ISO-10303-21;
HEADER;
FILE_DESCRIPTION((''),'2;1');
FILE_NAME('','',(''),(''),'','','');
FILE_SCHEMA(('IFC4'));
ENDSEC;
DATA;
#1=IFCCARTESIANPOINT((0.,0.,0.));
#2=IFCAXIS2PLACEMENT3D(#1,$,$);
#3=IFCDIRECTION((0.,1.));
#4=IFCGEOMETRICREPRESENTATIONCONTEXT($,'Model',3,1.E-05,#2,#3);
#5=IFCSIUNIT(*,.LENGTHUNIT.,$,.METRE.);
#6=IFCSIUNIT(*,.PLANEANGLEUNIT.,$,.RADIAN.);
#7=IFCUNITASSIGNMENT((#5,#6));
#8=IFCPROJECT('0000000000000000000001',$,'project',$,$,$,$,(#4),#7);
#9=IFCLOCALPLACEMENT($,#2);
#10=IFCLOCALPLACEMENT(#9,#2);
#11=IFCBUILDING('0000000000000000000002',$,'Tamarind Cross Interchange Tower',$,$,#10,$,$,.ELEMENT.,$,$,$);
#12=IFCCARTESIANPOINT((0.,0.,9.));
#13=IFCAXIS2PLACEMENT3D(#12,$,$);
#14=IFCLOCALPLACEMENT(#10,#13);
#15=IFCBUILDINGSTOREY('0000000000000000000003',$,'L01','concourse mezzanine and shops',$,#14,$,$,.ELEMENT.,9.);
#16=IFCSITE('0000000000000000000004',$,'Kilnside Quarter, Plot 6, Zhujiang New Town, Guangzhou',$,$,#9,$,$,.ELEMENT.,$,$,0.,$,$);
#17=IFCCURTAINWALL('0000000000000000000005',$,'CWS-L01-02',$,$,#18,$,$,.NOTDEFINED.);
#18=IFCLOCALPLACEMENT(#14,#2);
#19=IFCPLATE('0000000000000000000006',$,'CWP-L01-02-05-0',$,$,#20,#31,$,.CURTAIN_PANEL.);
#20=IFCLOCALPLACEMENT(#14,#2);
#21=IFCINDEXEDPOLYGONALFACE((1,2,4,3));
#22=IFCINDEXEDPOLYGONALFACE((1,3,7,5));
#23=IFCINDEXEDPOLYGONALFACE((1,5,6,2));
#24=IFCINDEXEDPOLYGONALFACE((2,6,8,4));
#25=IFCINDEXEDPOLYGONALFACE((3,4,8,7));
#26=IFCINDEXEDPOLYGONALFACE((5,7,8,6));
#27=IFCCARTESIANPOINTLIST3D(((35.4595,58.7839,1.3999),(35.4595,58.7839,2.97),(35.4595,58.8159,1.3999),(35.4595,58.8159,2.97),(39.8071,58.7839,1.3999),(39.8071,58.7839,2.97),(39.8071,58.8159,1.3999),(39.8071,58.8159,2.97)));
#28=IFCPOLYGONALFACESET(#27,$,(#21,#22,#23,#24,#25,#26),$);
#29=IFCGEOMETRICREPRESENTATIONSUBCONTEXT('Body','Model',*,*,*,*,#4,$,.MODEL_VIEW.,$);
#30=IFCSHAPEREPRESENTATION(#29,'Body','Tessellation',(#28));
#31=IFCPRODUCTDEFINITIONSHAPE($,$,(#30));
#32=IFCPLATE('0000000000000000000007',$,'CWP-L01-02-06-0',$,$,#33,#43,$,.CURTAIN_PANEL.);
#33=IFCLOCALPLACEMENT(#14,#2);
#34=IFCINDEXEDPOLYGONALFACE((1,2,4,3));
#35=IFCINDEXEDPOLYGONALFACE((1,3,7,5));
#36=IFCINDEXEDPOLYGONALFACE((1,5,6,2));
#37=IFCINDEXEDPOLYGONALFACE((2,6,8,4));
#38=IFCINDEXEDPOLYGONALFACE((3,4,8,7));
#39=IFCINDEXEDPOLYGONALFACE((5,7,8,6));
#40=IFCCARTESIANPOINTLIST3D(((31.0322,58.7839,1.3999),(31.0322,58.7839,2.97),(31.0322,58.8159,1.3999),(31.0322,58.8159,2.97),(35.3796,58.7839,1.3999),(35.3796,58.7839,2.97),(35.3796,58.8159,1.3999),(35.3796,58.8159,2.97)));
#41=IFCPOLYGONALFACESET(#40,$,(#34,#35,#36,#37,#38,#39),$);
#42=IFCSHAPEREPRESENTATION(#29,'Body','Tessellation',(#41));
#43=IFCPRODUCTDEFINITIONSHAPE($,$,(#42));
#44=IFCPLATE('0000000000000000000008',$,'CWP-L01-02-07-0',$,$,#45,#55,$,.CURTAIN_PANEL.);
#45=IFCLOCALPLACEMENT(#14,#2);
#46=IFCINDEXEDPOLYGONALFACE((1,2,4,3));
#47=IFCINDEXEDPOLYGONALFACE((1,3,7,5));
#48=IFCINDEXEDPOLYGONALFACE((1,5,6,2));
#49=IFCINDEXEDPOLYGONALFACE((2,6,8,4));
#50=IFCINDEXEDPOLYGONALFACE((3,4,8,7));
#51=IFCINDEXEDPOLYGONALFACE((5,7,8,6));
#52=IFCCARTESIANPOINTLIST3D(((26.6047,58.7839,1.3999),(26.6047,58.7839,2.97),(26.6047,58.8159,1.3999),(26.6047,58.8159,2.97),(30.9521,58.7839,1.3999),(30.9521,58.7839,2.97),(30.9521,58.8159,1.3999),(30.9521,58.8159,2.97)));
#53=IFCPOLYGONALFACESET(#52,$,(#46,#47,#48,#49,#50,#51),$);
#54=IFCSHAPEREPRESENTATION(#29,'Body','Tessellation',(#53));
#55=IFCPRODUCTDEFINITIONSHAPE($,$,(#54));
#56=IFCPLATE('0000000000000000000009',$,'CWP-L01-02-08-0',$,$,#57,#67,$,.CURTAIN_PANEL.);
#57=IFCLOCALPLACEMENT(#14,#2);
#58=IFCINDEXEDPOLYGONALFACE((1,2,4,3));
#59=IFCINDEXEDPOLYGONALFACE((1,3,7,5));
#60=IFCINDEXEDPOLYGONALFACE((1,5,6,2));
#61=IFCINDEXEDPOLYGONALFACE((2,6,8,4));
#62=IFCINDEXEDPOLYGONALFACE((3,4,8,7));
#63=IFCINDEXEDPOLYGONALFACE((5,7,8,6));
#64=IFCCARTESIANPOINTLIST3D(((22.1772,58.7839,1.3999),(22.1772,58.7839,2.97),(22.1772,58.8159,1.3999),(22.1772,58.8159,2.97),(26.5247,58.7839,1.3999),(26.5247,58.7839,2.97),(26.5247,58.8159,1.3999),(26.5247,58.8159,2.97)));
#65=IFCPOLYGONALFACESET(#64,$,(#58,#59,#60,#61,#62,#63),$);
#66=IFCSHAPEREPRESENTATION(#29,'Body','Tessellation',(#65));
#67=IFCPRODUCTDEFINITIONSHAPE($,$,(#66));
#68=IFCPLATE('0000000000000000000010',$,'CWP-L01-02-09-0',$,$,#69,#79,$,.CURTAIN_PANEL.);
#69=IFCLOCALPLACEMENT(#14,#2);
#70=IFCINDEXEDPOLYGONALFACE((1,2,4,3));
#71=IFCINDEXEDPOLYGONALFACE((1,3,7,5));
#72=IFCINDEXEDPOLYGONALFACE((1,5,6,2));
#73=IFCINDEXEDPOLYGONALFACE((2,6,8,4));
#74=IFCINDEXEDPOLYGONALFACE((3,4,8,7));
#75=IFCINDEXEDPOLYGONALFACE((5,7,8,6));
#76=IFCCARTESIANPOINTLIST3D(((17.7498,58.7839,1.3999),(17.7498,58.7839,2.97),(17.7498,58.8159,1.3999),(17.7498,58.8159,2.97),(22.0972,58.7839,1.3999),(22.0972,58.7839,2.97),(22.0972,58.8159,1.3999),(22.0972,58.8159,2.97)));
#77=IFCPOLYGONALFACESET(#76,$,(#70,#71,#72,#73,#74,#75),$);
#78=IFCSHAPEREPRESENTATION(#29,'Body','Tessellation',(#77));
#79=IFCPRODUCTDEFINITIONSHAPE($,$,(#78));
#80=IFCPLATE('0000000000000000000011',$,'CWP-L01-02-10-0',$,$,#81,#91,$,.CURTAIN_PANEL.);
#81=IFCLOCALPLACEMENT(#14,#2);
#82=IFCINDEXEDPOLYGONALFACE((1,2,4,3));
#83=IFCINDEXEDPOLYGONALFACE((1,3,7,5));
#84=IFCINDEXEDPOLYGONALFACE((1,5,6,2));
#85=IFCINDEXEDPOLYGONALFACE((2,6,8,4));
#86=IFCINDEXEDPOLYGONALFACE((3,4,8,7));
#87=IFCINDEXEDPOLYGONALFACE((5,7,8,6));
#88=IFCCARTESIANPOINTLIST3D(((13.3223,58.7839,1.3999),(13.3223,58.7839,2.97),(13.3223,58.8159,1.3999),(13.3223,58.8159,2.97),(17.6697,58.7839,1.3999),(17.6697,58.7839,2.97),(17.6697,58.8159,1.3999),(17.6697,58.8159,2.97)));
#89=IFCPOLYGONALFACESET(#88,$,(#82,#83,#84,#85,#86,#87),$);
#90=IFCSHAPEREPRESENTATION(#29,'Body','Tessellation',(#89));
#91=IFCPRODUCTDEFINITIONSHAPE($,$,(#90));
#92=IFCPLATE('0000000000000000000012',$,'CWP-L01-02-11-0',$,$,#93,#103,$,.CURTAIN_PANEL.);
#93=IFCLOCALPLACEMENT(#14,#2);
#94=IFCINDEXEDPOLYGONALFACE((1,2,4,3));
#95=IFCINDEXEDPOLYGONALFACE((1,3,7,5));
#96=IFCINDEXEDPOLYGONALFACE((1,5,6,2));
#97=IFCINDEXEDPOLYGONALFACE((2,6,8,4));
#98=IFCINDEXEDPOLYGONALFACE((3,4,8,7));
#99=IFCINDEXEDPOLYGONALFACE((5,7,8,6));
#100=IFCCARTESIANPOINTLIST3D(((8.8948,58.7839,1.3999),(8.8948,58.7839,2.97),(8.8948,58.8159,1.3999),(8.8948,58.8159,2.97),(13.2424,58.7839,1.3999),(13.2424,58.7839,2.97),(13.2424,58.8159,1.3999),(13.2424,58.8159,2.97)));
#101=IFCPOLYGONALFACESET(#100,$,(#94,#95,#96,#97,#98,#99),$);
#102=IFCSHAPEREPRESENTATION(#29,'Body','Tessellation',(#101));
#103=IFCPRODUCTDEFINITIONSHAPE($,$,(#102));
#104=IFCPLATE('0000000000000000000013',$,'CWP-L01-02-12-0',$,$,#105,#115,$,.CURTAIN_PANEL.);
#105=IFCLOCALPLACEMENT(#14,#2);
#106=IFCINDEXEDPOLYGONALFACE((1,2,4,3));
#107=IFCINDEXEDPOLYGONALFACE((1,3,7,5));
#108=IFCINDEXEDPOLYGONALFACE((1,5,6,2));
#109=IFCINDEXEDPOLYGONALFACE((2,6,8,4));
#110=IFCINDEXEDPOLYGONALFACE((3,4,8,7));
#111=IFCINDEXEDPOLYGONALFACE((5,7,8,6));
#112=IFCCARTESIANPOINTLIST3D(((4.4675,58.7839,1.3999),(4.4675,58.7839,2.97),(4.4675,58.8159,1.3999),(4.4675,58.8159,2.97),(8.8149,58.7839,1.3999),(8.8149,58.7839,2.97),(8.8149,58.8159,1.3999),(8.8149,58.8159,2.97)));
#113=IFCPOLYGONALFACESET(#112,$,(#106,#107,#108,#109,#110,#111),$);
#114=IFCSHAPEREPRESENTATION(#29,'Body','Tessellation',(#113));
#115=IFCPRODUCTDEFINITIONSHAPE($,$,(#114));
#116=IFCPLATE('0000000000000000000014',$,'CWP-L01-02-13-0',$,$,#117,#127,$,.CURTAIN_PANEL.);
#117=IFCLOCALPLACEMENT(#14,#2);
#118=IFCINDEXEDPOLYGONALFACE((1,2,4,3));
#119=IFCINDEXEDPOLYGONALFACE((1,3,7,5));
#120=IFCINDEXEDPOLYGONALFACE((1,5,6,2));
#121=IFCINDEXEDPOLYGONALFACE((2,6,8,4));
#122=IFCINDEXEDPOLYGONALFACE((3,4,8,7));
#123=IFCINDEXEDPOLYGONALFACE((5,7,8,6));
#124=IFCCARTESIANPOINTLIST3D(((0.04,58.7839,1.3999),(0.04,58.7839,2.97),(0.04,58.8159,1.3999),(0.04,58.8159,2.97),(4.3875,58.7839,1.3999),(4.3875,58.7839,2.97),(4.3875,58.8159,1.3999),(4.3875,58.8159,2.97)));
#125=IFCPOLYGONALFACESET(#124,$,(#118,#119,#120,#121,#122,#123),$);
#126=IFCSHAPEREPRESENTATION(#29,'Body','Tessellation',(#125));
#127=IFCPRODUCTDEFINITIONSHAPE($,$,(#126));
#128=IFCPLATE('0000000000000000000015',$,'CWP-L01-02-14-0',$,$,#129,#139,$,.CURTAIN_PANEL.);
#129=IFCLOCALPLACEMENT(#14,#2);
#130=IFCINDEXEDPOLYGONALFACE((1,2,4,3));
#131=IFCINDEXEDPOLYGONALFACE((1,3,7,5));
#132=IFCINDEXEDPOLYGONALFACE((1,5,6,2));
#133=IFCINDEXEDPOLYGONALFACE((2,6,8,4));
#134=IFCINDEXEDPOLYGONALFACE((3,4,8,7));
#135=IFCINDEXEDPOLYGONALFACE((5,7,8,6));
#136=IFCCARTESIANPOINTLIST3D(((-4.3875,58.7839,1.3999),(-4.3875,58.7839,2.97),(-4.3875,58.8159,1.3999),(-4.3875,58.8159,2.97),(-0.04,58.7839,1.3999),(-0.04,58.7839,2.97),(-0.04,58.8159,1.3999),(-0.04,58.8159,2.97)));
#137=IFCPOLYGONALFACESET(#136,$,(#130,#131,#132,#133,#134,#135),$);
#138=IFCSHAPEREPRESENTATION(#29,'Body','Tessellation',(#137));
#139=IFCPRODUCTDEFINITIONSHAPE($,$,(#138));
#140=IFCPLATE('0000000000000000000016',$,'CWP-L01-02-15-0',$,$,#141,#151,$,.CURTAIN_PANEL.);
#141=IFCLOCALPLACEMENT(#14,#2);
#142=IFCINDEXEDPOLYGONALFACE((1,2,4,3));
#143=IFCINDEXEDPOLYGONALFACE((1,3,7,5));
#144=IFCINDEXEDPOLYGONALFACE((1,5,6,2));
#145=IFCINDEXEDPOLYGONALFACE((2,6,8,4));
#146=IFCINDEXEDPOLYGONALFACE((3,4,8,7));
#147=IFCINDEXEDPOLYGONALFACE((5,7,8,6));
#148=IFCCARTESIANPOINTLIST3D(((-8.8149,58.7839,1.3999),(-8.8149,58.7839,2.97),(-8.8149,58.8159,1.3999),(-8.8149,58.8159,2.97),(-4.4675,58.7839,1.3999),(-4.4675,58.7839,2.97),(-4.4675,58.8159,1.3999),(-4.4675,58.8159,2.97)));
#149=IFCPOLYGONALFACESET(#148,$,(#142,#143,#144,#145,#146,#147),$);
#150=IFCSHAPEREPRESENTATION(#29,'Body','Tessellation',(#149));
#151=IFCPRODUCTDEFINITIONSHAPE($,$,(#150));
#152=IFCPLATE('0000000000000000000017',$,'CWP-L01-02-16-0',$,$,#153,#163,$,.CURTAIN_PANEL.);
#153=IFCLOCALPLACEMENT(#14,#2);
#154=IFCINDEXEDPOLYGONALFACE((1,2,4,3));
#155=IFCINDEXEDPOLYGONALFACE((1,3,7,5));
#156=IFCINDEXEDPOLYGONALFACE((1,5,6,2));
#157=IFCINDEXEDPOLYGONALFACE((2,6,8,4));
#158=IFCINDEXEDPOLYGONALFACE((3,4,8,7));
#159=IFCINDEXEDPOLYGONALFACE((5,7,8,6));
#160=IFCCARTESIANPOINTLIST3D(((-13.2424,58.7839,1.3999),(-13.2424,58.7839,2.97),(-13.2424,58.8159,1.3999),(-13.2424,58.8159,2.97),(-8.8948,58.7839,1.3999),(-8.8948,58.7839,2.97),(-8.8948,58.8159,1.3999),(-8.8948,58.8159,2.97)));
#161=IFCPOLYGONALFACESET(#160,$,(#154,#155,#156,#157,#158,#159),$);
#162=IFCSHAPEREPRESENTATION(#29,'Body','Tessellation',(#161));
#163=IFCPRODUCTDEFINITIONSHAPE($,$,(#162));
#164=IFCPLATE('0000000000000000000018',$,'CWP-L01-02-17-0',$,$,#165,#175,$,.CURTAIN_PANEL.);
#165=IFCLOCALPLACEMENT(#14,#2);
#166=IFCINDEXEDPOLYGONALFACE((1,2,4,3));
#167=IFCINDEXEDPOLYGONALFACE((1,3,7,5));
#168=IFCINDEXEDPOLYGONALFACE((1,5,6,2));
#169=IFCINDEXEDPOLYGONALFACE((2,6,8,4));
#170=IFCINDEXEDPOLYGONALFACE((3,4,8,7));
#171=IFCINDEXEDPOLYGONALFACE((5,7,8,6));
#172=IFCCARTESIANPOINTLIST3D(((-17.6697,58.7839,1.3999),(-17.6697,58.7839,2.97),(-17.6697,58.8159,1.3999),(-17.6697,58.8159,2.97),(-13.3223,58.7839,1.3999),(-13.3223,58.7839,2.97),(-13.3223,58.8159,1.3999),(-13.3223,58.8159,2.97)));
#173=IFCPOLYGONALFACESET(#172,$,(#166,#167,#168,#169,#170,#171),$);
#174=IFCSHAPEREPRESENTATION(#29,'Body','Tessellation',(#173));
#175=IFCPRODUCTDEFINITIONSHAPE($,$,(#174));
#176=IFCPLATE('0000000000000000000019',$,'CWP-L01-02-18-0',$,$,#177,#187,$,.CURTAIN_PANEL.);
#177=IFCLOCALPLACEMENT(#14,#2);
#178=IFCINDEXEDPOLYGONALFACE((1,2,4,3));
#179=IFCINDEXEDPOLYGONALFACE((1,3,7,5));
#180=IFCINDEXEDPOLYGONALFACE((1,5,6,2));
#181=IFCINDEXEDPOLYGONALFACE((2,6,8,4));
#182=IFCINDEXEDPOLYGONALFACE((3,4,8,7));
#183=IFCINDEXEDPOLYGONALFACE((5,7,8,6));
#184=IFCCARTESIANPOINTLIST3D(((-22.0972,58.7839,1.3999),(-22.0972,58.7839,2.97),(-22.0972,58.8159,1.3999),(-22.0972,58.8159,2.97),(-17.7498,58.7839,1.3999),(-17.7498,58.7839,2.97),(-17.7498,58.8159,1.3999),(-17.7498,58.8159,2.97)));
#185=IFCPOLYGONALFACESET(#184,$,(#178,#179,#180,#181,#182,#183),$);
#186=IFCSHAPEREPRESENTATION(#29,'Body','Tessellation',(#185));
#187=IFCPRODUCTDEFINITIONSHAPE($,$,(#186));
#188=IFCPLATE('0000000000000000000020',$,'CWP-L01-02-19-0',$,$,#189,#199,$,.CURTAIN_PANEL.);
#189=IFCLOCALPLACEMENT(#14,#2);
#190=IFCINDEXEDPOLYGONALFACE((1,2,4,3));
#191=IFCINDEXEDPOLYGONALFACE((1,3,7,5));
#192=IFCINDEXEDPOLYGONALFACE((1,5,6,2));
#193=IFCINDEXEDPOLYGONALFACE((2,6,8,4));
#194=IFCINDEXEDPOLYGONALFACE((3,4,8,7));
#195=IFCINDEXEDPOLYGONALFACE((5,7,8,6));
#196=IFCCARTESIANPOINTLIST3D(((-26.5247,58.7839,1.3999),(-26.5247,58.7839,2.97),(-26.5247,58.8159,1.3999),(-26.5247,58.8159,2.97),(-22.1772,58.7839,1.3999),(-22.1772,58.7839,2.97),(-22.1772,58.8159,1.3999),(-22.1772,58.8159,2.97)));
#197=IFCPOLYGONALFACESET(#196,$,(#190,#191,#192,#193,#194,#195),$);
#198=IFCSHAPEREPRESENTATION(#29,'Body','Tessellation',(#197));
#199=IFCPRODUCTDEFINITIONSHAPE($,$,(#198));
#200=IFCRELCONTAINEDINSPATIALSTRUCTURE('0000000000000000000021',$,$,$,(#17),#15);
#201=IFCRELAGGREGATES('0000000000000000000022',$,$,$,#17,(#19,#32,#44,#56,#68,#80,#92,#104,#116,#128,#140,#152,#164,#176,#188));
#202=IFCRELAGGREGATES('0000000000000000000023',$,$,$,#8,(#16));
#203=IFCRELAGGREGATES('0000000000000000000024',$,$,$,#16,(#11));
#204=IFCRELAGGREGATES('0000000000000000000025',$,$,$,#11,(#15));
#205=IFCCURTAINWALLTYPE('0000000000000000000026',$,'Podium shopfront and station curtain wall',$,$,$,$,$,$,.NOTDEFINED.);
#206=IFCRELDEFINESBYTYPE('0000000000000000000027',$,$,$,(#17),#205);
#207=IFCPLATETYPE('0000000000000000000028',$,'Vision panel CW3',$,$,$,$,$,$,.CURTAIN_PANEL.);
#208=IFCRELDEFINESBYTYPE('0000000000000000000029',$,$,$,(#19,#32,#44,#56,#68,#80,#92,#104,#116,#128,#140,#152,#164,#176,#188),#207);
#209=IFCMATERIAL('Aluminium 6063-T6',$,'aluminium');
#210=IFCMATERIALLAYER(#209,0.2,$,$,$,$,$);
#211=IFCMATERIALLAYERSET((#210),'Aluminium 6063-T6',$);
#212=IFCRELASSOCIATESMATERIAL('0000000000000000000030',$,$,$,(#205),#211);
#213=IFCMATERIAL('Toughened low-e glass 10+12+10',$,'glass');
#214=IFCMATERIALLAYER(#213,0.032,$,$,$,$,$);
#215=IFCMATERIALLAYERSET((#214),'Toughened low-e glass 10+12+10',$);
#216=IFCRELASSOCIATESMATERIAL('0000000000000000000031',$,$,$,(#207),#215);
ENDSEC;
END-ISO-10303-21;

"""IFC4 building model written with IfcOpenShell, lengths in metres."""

from ifc_helpers import new_model, si_unit, direction, frame, origin, place, context, subcontext, project, spatial, polyline, outline, extrude, material, layer, layer_set, type_object, element, aggregate, save


model = new_model("IFC4")

# Units and contexts
model_context = context("Model", 3, precision=1e-05, world=origin(), true_north=direction((0.0, 1.0)))
body_context = subcontext(model_context, "Body", "Model", "MODEL_VIEW")
ifc_project = project(units=[si_unit("LENGTHUNIT", "METRE"), si_unit("PLANEANGLEUNIT", "RADIAN")], contexts=[model_context])

# Site, building, storey
site_placement = place(None, origin())
site = spatial("IfcSite", under=ifc_project, at=site_placement, Name="Kilnside Quarter, Plot 6, Zhujiang New Town, Guangzhou", CompositionType="ELEMENT", RefElevation=0.0)
building_placement = place(site_placement, origin())
building = spatial("IfcBuilding", under=site, at=building_placement, Name="Tamarind Cross Interchange Tower", CompositionType="ELEMENT")
storey_placement = place(building_placement, frame((0.0, 0.0, 9.0)))
storey = spatial("IfcBuildingStorey", under=building, at=storey_placement, Name="L01", Description="concourse mezzanine and shops", CompositionType="ELEMENT", Elevation=9.0)

# Shared definitions
ifc_material_1 = material(Name="Aluminium 6063-T6", Category="aluminium")
ifc_layer_1 = layer(ifc_material_1, 0.2)
ifc_layer_set_1 = layer_set([ifc_layer_1], Name="Aluminium 6063-T6")
curtain_wall_type = type_object("IfcCurtainWallType", Name="Podium shopfront and station curtain wall", PredefinedType="NOTDEFINED", material=ifc_layer_set_1)

# Shared definitions
ifc_material_2 = material(Name="Toughened low-e glass 10+12+10", Category="glass")
ifc_layer_2 = layer(ifc_material_2, 0.032)
ifc_layer_set_2 = layer_set([ifc_layer_2], Name="Toughened low-e glass 10+12+10")
plate_type = type_object("IfcPlateType", Name="Vision panel CW3", PredefinedType="CURTAIN_PANEL", material=ifc_layer_set_2)

# Curtain wall, plates
curtain_wall_1_placement = place(storey_placement, origin())
curtain_wall_1 = element("IfcCurtainWall", 1, at=curtain_wall_1_placement, inside=storey, type_object=curtain_wall_type, Name="CWS-L01-02", PredefinedType="NOTDEFINED")
plate_1_placement = place(storey_placement, frame((0.0, 0.0, 1.3999)))
plate_1 = element("IfcPlate", 2, at=plate_1_placement, type_object=plate_type, Name="CWP-L01-02-05-0", PredefinedType="CURTAIN_PANEL", context=body_context, shape_type="SweptSolid", body=[
    extrude(outline(polyline([(39.8071, 58.7839), (35.4595, 58.7839), (35.4595, 58.8159), (39.8071, 58.8159), (39.8071, 58.7839)])), origin(), (0.0, 0.0, 1.0), 1.5701),
])
plate_2_placement = place(storey_placement, frame((0.0, 0.0, 1.3999)))
plate_2 = element("IfcPlate", 3, at=plate_2_placement, type_object=plate_type, Name="CWP-L01-02-06-0", PredefinedType="CURTAIN_PANEL", context=body_context, shape_type="SweptSolid", body=[
    extrude(outline(polyline([(35.3796, 58.7839), (31.0322, 58.7839), (31.0322, 58.8159), (35.3796, 58.8159), (35.3796, 58.7839)])), origin(), (0.0, 0.0, 1.0), 1.5701),
])
plate_3_placement = place(storey_placement, frame((0.0, 0.0, 1.3999)))
plate_3 = element("IfcPlate", 4, at=plate_3_placement, type_object=plate_type, Name="CWP-L01-02-07-0", PredefinedType="CURTAIN_PANEL", context=body_context, shape_type="SweptSolid", body=[
    extrude(outline(polyline([(30.9521, 58.7839), (26.6047, 58.7839), (26.6047, 58.8159), (30.9521, 58.8159), (30.9521, 58.7839)])), origin(), (0.0, 0.0, 1.0), 1.5701),
])
plate_4_placement = place(storey_placement, frame((0.0, 0.0, 1.3999)))
plate_4 = element("IfcPlate", 5, at=plate_4_placement, type_object=plate_type, Name="CWP-L01-02-08-0", PredefinedType="CURTAIN_PANEL", context=body_context, shape_type="SweptSolid", body=[
    extrude(outline(polyline([(26.5247, 58.7839), (22.1772, 58.7839), (22.1772, 58.8159), (26.5247, 58.8159), (26.5247, 58.7839)])), origin(), (0.0, 0.0, 1.0), 1.5701),
])
plate_5_placement = place(storey_placement, frame((0.0, 0.0, 1.3999)))
plate_5 = element("IfcPlate", 6, at=plate_5_placement, type_object=plate_type, Name="CWP-L01-02-09-0", PredefinedType="CURTAIN_PANEL", context=body_context, shape_type="SweptSolid", body=[
    extrude(outline(polyline([(22.0972, 58.7839), (17.7498, 58.7839), (17.7498, 58.8159), (22.0972, 58.8159), (22.0972, 58.7839)])), origin(), (0.0, 0.0, 1.0), 1.5701),
])
plate_6_placement = place(storey_placement, frame((0.0, 0.0, 1.3999)))
plate_6 = element("IfcPlate", 7, at=plate_6_placement, type_object=plate_type, Name="CWP-L01-02-10-0", PredefinedType="CURTAIN_PANEL", context=body_context, shape_type="SweptSolid", body=[
    extrude(outline(polyline([(17.6697, 58.7839), (13.3223, 58.7839), (13.3223, 58.8159), (17.6697, 58.8159), (17.6697, 58.7839)])), origin(), (0.0, 0.0, 1.0), 1.5701),
])
plate_7_placement = place(storey_placement, frame((0.0, 0.0, 1.3999)))
plate_7 = element("IfcPlate", 8, at=plate_7_placement, type_object=plate_type, Name="CWP-L01-02-11-0", PredefinedType="CURTAIN_PANEL", context=body_context, shape_type="SweptSolid", body=[
    extrude(outline(polyline([(13.2424, 58.7839), (8.8948, 58.7839), (8.8948, 58.8159), (13.2424, 58.8159), (13.2424, 58.7839)])), origin(), (0.0, 0.0, 1.0), 1.5701),
])
plate_8_placement = place(storey_placement, frame((0.0, 0.0, 1.3999)))
plate_8 = element("IfcPlate", 9, at=plate_8_placement, type_object=plate_type, Name="CWP-L01-02-12-0", PredefinedType="CURTAIN_PANEL", context=body_context, shape_type="SweptSolid", body=[
    extrude(outline(polyline([(8.8149, 58.7839), (4.4675, 58.7839), (4.4675, 58.8159), (8.8149, 58.8159), (8.8149, 58.7839)])), origin(), (0.0, 0.0, 1.0), 1.5701),
])
plate_9_placement = place(storey_placement, frame((0.0, 0.0, 1.3999)))
plate_9 = element("IfcPlate", 10, at=plate_9_placement, type_object=plate_type, Name="CWP-L01-02-13-0", PredefinedType="CURTAIN_PANEL", context=body_context, shape_type="SweptSolid", body=[
    extrude(outline(polyline([(4.3875, 58.7839), (0.04, 58.7839), (0.04, 58.8159), (4.3875, 58.8159), (4.3875, 58.7839)])), origin(), (0.0, 0.0, 1.0), 1.5701),
])
plate_10_placement = place(storey_placement, frame((0.0, 0.0, 1.3999)))
plate_10 = element("IfcPlate", 11, at=plate_10_placement, type_object=plate_type, Name="CWP-L01-02-14-0", PredefinedType="CURTAIN_PANEL", context=body_context, shape_type="SweptSolid", body=[
    extrude(outline(polyline([(-0.04, 58.7839), (-4.3875, 58.7839), (-4.3875, 58.8159), (-0.04, 58.8159), (-0.04, 58.7839)])), origin(), (0.0, 0.0, 1.0), 1.5701),
])
plate_11_placement = place(storey_placement, frame((0.0, 0.0, 1.3999)))
plate_11 = element("IfcPlate", 12, at=plate_11_placement, type_object=plate_type, Name="CWP-L01-02-15-0", PredefinedType="CURTAIN_PANEL", context=body_context, shape_type="SweptSolid", body=[
    extrude(outline(polyline([(-4.4675, 58.7839), (-8.8149, 58.7839), (-8.8149, 58.8159), (-4.4675, 58.8159), (-4.4675, 58.7839)])), origin(), (0.0, 0.0, 1.0), 1.5701),
])
plate_12_placement = place(storey_placement, frame((0.0, 0.0, 1.3999)))
plate_12 = element("IfcPlate", 13, at=plate_12_placement, type_object=plate_type, Name="CWP-L01-02-16-0", PredefinedType="CURTAIN_PANEL", context=body_context, shape_type="SweptSolid", body=[
    extrude(outline(polyline([(-8.8948, 58.7839), (-13.2424, 58.7839), (-13.2424, 58.8159), (-8.8948, 58.8159), (-8.8948, 58.7839)])), origin(), (0.0, 0.0, 1.0), 1.5701),
])
plate_13_placement = place(storey_placement, frame((0.0, 0.0, 1.3999)))
plate_13 = element("IfcPlate", 14, at=plate_13_placement, type_object=plate_type, Name="CWP-L01-02-17-0", PredefinedType="CURTAIN_PANEL", context=body_context, shape_type="SweptSolid", body=[
    extrude(outline(polyline([(-13.3223, 58.7839), (-17.6697, 58.7839), (-17.6697, 58.8159), (-13.3223, 58.8159), (-13.3223, 58.7839)])), origin(), (0.0, 0.0, 1.0), 1.5701),
])
plate_14_placement = place(storey_placement, frame((0.0, 0.0, 1.3999)))
plate_14 = element("IfcPlate", 15, at=plate_14_placement, type_object=plate_type, Name="CWP-L01-02-18-0", PredefinedType="CURTAIN_PANEL", context=body_context, shape_type="SweptSolid", body=[
    extrude(outline(polyline([(-17.7498, 58.7839), (-22.0972, 58.7839), (-22.0972, 58.8159), (-17.7498, 58.8159), (-17.7498, 58.7839)])), origin(), (0.0, 0.0, 1.0), 1.5701),
])
plate_15_placement = place(storey_placement, frame((0.0, 0.0, 1.3999)))
plate_15 = element("IfcPlate", 16, at=plate_15_placement, type_object=plate_type, Name="CWP-L01-02-19-0", PredefinedType="CURTAIN_PANEL", context=body_context, shape_type="SweptSolid", body=[
    extrude(outline(polyline([(-22.1772, 58.7839), (-26.5247, 58.7839), (-26.5247, 58.8159), (-22.1772, 58.8159), (-22.1772, 58.7839)])), origin(), (0.0, 0.0, 1.0), 1.5701),
])
aggregate(curtain_wall_1, [plate_1, plate_2, plate_3, plate_4, plate_5, plate_6, plate_7, plate_8, plate_9, plate_10, plate_11, plate_12, plate_13, plate_14, plate_15])

save(model, "model.ifc")
